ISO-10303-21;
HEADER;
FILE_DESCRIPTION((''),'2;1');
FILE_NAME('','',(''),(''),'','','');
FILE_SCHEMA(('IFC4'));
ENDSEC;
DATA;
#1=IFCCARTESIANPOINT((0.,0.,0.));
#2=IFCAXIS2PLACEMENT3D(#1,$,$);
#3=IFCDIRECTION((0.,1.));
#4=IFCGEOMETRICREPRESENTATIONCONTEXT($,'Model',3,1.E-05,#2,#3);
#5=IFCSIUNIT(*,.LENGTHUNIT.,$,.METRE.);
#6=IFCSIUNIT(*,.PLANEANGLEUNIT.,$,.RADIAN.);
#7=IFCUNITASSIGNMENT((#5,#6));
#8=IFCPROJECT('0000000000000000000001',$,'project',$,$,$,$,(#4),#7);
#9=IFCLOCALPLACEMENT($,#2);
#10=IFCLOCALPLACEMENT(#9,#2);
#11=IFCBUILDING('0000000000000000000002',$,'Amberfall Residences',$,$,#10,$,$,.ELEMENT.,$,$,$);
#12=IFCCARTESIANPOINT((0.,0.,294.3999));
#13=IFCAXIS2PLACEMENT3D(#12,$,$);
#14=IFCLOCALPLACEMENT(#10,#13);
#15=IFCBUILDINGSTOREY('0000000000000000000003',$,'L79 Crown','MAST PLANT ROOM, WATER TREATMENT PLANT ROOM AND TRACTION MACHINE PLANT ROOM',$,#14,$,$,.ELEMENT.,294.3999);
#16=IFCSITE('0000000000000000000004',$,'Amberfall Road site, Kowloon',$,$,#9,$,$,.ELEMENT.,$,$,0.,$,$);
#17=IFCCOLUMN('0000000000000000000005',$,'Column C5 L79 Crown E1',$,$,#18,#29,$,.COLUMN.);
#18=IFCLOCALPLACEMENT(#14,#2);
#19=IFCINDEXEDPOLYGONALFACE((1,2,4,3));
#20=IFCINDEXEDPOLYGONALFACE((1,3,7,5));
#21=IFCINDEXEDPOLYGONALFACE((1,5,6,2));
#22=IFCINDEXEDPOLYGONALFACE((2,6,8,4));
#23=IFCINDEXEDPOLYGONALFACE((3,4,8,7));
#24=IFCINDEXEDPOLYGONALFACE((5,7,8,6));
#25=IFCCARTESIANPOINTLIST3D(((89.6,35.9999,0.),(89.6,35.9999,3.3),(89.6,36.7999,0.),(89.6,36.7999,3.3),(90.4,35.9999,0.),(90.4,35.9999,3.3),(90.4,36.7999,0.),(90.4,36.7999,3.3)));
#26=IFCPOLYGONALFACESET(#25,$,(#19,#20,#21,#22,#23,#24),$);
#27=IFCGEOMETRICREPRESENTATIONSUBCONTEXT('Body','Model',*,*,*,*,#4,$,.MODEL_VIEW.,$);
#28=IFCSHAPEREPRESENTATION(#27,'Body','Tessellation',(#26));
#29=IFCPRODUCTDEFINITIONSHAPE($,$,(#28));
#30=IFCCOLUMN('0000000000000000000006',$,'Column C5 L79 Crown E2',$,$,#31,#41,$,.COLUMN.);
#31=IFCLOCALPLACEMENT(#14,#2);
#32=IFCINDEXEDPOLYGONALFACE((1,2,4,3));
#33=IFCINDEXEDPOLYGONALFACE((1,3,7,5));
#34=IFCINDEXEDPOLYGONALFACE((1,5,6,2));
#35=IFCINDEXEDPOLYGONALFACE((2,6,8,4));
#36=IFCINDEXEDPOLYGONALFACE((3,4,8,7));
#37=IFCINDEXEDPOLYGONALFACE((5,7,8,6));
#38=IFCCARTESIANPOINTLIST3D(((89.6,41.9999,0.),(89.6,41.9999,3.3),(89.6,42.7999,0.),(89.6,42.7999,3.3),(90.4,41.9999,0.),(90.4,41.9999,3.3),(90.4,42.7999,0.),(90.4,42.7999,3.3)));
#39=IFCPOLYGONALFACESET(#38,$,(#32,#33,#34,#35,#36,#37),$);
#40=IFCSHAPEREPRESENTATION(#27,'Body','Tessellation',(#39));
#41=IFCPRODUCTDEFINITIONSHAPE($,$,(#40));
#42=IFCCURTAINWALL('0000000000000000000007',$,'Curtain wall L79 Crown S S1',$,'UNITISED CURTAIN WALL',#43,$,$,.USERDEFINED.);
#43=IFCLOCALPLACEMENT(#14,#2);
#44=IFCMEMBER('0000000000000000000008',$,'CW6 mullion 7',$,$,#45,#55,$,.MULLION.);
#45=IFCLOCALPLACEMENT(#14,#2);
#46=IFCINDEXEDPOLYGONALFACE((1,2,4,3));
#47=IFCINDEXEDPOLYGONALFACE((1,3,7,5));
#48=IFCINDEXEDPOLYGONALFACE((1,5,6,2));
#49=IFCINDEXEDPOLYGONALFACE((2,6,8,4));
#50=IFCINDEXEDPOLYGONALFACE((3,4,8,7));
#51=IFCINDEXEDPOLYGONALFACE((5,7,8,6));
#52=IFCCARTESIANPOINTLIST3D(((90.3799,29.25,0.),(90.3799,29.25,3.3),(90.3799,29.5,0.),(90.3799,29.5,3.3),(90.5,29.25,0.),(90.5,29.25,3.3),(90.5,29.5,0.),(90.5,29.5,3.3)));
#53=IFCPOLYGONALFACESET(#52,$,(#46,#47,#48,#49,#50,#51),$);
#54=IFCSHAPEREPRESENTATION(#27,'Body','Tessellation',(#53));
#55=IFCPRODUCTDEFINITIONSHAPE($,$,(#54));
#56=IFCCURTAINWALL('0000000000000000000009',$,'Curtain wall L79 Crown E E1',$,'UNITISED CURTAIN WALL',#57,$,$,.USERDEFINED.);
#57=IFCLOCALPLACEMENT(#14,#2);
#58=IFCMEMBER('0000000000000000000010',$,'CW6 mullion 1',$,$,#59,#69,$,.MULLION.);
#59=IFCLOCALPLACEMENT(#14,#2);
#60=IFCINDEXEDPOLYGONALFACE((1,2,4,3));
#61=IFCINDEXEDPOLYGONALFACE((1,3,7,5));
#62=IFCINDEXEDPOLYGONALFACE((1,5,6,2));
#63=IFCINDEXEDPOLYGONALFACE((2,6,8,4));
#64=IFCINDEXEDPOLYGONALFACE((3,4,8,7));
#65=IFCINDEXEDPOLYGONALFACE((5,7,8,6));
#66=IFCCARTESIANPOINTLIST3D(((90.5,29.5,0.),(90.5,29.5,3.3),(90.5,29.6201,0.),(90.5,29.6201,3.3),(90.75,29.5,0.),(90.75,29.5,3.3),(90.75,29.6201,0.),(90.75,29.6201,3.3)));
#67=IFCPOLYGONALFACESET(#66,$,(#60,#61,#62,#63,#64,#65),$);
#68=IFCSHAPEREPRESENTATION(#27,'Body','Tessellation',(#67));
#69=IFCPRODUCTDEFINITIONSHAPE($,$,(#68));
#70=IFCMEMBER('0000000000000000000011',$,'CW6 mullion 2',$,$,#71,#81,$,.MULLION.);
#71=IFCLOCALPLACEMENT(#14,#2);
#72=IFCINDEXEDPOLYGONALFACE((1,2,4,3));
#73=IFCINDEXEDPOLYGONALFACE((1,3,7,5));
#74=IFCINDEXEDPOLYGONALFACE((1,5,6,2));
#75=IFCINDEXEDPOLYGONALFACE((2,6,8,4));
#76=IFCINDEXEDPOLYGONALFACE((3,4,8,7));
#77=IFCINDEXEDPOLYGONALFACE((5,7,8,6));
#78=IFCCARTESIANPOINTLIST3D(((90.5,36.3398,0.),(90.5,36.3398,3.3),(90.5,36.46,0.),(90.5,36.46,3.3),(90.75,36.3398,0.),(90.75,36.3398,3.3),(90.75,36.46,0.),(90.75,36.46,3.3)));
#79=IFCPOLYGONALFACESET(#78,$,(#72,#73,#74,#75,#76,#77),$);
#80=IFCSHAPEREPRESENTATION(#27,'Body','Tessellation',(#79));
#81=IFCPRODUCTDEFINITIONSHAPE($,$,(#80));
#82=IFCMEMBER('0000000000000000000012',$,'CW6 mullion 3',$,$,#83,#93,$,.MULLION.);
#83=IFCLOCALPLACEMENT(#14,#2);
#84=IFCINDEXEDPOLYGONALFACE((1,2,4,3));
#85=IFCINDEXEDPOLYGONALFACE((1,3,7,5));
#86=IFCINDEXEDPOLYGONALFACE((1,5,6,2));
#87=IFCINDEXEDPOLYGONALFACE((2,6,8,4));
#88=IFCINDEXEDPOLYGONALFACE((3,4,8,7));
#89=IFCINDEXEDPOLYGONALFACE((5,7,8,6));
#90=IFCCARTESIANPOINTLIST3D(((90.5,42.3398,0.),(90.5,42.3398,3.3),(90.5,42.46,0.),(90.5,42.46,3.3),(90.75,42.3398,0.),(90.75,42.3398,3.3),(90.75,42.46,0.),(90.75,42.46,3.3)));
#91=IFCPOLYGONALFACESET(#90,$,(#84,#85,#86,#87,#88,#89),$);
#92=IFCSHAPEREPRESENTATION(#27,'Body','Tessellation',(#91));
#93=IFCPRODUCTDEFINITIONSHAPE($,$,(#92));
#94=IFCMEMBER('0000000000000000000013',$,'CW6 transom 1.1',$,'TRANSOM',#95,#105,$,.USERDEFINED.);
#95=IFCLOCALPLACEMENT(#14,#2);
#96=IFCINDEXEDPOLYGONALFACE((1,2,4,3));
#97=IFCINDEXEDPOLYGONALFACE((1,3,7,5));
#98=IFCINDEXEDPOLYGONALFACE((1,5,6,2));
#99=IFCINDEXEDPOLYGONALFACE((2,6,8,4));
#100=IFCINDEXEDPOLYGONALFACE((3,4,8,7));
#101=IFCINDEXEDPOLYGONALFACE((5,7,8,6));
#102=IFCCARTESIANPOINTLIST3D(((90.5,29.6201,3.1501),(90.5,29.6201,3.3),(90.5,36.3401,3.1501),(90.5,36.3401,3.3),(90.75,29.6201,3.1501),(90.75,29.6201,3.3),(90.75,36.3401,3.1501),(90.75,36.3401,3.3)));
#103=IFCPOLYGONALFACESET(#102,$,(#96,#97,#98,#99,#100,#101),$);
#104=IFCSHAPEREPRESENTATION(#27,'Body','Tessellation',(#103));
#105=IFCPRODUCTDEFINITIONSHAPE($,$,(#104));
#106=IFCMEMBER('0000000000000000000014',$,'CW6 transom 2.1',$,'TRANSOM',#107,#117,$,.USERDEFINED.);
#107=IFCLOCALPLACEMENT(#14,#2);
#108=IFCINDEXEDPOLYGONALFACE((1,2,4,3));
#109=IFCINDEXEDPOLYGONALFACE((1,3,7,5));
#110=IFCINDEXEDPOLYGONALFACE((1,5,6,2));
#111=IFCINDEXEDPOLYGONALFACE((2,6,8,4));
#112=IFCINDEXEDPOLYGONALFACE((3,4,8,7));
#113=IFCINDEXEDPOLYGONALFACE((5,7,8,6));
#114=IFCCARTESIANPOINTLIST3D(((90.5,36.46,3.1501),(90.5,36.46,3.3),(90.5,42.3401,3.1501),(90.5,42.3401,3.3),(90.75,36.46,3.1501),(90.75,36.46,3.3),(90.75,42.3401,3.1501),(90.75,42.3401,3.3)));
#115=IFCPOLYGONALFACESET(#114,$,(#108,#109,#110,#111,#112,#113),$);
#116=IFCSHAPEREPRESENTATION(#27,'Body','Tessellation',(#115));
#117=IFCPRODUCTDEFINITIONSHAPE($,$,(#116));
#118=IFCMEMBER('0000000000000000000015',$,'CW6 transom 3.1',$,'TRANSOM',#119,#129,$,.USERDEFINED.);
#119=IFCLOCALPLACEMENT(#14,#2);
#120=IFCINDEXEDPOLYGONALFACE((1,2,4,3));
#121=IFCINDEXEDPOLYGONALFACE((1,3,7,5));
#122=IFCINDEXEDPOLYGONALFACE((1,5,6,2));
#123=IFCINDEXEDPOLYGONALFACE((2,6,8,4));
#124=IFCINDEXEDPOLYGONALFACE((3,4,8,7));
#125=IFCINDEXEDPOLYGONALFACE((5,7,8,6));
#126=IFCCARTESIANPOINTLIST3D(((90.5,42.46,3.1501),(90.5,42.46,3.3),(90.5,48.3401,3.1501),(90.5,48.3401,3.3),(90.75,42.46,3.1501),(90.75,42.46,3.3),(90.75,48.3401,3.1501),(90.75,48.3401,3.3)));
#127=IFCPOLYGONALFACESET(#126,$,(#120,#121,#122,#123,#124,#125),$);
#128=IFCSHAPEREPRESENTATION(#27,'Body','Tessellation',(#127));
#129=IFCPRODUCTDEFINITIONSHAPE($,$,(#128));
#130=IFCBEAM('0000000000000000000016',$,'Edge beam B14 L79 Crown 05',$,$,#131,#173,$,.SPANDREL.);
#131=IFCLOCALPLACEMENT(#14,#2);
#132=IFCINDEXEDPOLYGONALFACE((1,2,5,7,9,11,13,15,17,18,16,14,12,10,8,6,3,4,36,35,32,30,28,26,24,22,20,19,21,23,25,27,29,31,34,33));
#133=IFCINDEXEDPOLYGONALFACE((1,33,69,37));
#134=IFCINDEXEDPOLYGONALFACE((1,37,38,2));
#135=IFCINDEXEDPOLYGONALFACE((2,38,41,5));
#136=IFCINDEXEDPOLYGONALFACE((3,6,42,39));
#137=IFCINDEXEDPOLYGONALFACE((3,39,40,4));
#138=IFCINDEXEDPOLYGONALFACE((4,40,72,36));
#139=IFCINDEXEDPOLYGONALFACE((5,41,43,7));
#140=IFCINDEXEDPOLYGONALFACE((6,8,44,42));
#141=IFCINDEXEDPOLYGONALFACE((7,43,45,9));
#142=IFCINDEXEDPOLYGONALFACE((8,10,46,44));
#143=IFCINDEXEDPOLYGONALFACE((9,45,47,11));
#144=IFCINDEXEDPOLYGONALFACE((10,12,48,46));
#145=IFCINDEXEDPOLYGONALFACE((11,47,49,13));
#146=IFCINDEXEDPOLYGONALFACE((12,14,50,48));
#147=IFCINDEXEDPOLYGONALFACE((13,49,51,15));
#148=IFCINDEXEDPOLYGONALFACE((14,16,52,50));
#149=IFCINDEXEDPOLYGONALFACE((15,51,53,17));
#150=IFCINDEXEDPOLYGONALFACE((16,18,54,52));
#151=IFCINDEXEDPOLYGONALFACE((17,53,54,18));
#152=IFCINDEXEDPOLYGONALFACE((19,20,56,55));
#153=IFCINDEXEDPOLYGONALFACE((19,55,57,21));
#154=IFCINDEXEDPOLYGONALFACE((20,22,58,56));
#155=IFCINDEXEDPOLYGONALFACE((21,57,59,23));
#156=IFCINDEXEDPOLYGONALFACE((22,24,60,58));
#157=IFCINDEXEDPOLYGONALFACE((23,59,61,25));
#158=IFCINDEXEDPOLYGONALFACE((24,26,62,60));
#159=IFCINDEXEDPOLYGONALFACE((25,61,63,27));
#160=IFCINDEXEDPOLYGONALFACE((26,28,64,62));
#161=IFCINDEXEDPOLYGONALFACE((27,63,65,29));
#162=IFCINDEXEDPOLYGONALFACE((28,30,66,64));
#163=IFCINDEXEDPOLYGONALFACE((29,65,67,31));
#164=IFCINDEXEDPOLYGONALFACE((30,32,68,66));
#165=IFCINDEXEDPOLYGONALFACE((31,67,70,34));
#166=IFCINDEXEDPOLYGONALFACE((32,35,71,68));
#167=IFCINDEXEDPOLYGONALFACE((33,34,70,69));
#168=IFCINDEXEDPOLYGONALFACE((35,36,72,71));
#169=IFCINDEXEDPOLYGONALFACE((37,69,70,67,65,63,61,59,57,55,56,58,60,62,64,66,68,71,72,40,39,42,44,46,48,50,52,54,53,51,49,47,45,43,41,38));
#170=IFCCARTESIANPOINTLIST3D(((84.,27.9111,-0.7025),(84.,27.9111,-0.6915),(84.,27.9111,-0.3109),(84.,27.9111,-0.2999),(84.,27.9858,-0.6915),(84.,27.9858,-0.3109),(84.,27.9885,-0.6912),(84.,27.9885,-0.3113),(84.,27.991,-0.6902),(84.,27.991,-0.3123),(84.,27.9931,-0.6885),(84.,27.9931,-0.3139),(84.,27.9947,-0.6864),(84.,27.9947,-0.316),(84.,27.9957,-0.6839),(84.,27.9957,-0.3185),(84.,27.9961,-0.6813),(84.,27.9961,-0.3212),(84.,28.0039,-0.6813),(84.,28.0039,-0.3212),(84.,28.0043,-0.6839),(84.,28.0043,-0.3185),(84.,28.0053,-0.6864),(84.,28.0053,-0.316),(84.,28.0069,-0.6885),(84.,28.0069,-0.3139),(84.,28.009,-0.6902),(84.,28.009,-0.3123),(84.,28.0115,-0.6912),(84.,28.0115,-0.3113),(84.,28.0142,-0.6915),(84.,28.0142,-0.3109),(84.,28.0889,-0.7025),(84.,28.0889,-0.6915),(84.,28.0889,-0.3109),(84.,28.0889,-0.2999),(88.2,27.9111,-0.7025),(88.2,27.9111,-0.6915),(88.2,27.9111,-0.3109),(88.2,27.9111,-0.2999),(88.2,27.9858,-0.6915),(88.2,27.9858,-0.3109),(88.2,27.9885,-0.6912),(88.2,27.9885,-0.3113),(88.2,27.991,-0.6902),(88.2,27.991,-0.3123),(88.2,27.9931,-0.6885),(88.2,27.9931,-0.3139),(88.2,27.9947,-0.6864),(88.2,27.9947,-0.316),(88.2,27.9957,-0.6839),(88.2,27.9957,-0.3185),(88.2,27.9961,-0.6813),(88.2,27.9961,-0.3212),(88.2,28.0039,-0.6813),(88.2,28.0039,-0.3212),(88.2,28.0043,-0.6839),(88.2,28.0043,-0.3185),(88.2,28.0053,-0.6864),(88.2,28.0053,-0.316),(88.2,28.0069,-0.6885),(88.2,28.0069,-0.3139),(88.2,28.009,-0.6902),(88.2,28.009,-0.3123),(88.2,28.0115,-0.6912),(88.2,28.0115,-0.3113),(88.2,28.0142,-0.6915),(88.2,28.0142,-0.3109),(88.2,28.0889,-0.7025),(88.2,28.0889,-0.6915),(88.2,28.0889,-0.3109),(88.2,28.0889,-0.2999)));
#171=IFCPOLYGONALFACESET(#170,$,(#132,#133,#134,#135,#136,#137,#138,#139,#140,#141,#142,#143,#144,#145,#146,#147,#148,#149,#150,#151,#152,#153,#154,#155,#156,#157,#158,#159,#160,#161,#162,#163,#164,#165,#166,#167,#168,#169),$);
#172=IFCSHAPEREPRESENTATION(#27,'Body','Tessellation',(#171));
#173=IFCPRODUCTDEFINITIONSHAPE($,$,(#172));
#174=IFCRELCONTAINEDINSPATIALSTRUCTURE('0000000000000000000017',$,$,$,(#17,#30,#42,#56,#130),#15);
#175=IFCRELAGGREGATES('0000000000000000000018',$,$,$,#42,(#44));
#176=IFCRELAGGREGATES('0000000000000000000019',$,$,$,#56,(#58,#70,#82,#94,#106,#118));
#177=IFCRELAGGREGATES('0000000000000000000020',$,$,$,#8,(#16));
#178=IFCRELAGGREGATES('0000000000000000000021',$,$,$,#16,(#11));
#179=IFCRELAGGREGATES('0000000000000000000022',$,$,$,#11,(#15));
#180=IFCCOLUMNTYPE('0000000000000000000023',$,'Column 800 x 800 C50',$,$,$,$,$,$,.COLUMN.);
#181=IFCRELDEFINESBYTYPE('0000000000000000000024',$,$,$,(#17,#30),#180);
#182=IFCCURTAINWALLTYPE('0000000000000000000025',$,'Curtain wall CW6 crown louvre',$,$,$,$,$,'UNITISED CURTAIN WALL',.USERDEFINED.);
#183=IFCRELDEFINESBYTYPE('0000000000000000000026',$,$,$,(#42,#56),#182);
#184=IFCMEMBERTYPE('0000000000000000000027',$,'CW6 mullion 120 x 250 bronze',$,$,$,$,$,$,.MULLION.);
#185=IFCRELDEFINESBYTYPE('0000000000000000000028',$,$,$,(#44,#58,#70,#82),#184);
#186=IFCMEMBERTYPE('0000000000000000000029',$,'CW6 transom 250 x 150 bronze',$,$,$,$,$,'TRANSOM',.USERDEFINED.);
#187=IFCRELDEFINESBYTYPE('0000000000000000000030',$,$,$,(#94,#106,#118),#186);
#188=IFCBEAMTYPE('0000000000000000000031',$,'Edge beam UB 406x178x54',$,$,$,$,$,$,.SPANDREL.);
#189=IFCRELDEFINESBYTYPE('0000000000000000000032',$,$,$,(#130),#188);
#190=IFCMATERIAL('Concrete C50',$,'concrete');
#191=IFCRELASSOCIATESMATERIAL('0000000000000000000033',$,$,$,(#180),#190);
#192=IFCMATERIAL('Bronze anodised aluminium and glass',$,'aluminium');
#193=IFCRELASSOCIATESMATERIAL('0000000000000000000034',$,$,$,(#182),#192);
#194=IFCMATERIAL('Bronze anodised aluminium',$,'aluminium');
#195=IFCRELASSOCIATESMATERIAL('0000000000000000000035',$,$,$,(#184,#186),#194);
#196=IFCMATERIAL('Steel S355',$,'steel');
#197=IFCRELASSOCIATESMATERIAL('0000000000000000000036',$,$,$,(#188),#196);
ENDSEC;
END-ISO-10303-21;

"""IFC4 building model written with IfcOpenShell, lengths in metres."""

from ifc_helpers import new_model, si_unit, direction, frame, origin, origin_2d, place, context, subcontext, project, spatial, rectangle, i_section, extrude, material, material_profile, profile_set, type_object, element, aggregate, save


model = new_model("IFC4")

# Units and contexts
model_context = context("Model", 3, precision=1e-05, world=origin(), true_north=direction((0.0, 1.0)))
body_context = subcontext(model_context, "Body", "Model", "MODEL_VIEW")
ifc_project = project(units=[si_unit("LENGTHUNIT", "METRE"), si_unit("PLANEANGLEUNIT", "RADIAN")], contexts=[model_context])

# Site, building, storey
site_placement = place(None, origin())
site = spatial("IfcSite", under=ifc_project, at=site_placement, Name="Amberfall Road site, Kowloon", CompositionType="ELEMENT", RefElevation=0.0)
building_placement = place(site_placement, origin())
building = spatial("IfcBuilding", under=site, at=building_placement, Name="Amberfall Residences", CompositionType="ELEMENT")
storey_placement = place(building_placement, frame((0.0, 0.0, 294.3999)))
storey = spatial("IfcBuildingStorey", under=building, at=storey_placement, Name="L79 Crown", Description="MAST PLANT ROOM, WATER TREATMENT PLANT ROOM AND TRACTION MACHINE PLANT ROOM", CompositionType="ELEMENT", Elevation=294.3999)

# Columns
ifc_material_1 = material(Name="Concrete C50", Category="concrete")
ifc_material_profile_1 = material_profile(ifc_material_1, rectangle(XDim=0.8, YDim=0.8, at=origin_2d()), Name="Column 800 x 800 C50")
ifc_profile_set_1 = profile_set([ifc_material_profile_1], Name="Concrete C50")
column_type = type_object("IfcColumnType", Name="Column 800 x 800 C50", PredefinedType="COLUMN", material=ifc_profile_set_1)
for number, where, z_axis, x_axis, name in (
    (1, (90.0, 36.3999, 0.0), (0.0, 0.0, 1.0), (1.0, 0.0, 0.0), "Column C5 L79 Crown E1"),
    (2, (90.0, 42.3999, 0.0), (0.0, 0.0, 1.0), (1.0, 0.0, 0.0), "Column C5 L79 Crown E2"),
):
    element("IfcColumn", number, at=place(storey_placement, frame(where, z_axis=z_axis, x_axis=x_axis)), inside=storey, type_object=column_type, Name=name, PredefinedType="COLUMN", context=body_context, shape_type="SweptSolid", body=[
        extrude(rectangle(XDim=0.8, YDim=0.8, at=origin_2d()), origin(), (0.0, 0.0, 1.0), 3.3),
    ])

# Curtain wall, member
ifc_material_2 = material(Name="Bronze anodised aluminium and glass", Category="aluminium")
curtain_wall_type = type_object("IfcCurtainWallType", Name="Curtain wall CW6 crown louvre", ElementType="UNITISED CURTAIN WALL", PredefinedType="USERDEFINED", material=ifc_material_2)
curtain_wall_1_placement = place(storey_placement, origin())
curtain_wall_1 = element("IfcCurtainWall", 3, at=curtain_wall_1_placement, inside=storey, type_object=curtain_wall_type, Name="Curtain wall L79 Crown S S1", ObjectType="UNITISED CURTAIN WALL", PredefinedType="USERDEFINED")
ifc_material_3 = material(Name="Bronze anodised aluminium", Category="aluminium")
ifc_material_profile_2 = material_profile(ifc_material_3, rectangle(XDim=0.25, YDim=0.1201, at=origin_2d()), Name="CW6 mullion 120 x 250 bronze")
ifc_profile_set_2 = profile_set([ifc_material_profile_2], Name="Bronze anodised aluminium")
member_type_1 = type_object("IfcMemberType", Name="CW6 mullion 120 x 250 bronze", PredefinedType="MULLION", material=ifc_profile_set_2)
member_1_placement = place(storey_placement, frame((90.4399, 29.375, 0.0), z_axis=(0.0, 0.0, 1.0), x_axis=(0.0, 1.0, 0.0)))
member_1 = element("IfcMember", 4, at=member_1_placement, type_object=member_type_1, Name="CW6 mullion 7", PredefinedType="MULLION", context=body_context, shape_type="SweptSolid", body=[
    extrude(rectangle(XDim=0.25, YDim=0.1201, at=origin_2d()), origin(), (0.0, 0.0, 1.0), 3.3),
])

# Curtain wall, members
curtain_wall_2_placement = place(storey_placement, origin())
curtain_wall_2 = element("IfcCurtainWall", 5, at=curtain_wall_2_placement, inside=storey, type_object=curtain_wall_type, Name="Curtain wall L79 Crown E E1", ObjectType="UNITISED CURTAIN WALL", PredefinedType="USERDEFINED")
member_2_placement = place(storey_placement, frame((90.625, 29.5601, 0.0), z_axis=(0.0, 0.0, 1.0), x_axis=(-1.0, 0.0, 0.0)))
member_2 = element("IfcMember", 6, at=member_2_placement, type_object=member_type_1, Name="CW6 mullion 1", PredefinedType="MULLION", context=body_context, shape_type="SweptSolid", body=[
    extrude(rectangle(XDim=0.25, YDim=0.1201, at=origin_2d()), origin(), (0.0, 0.0, 1.0), 3.3),
])
member_3_placement = place(storey_placement, frame((90.625, 36.3999, 0.0), z_axis=(0.0, 0.0, 1.0), x_axis=(-1.0, 0.0, 0.0)))
member_3 = element("IfcMember", 7, at=member_3_placement, type_object=member_type_1, Name="CW6 mullion 2", PredefinedType="MULLION", context=body_context, shape_type="SweptSolid", body=[
    extrude(rectangle(XDim=0.25, YDim=0.1201, at=origin_2d()), origin(), (0.0, 0.0, 1.0), 3.3),
])
member_4_placement = place(storey_placement, frame((90.625, 42.3999, 0.0), z_axis=(0.0, 0.0, 1.0), x_axis=(-1.0, 0.0, 0.0)))
member_4 = element("IfcMember", 8, at=member_4_placement, type_object=member_type_1, Name="CW6 mullion 3", PredefinedType="MULLION", context=body_context, shape_type="SweptSolid", body=[
    extrude(rectangle(XDim=0.25, YDim=0.1201, at=origin_2d()), origin(), (0.0, 0.0, 1.0), 3.3),
])
ifc_material_profile_3 = material_profile(ifc_material_3, rectangle(XDim=0.25, YDim=0.1499, at=origin_2d()), Name="CW6 transom 250 x 150 bronze")
ifc_profile_set_3 = profile_set([ifc_material_profile_3], Name="Bronze anodised aluminium")
member_type_2 = type_object("IfcMemberType", Name="CW6 transom 250 x 150 bronze", ElementType="TRANSOM", PredefinedType="USERDEFINED", material=ifc_profile_set_3)
member_5_placement = place(storey_placement, frame((90.625, 29.6201, 3.2251), z_axis=(0.0, 1.0, 0.0), x_axis=(-1.0, 0.0, 0.0)))
member_5 = element("IfcMember", 9, at=member_5_placement, type_object=member_type_2, Name="CW6 transom 1.1", ObjectType="TRANSOM", PredefinedType="USERDEFINED", context=body_context, shape_type="SweptSolid", body=[
    extrude(rectangle(XDim=0.25, YDim=0.1499, at=origin_2d()), origin(), (0.0, 0.0, 1.0), 6.72),
])
member_6_placement = place(storey_placement, frame((90.625, 36.46, 3.2251), z_axis=(0.0, 1.0, 0.0), x_axis=(-1.0, 0.0, 0.0)))
member_6 = element("IfcMember", 10, at=member_6_placement, type_object=member_type_2, Name="CW6 transom 2.1", ObjectType="TRANSOM", PredefinedType="USERDEFINED", context=body_context, shape_type="SweptSolid", body=[
    extrude(rectangle(XDim=0.25, YDim=0.1499, at=origin_2d()), origin(), (0.0, 0.0, 1.0), 5.8801),
])
member_7_placement = place(storey_placement, frame((90.625, 42.46, 3.2251), z_axis=(0.0, 1.0, 0.0), x_axis=(-1.0, 0.0, 0.0)))
member_7 = element("IfcMember", 11, at=member_7_placement, type_object=member_type_2, Name="CW6 transom 3.1", ObjectType="TRANSOM", PredefinedType="USERDEFINED", context=body_context, shape_type="SweptSolid", body=[
    extrude(rectangle(XDim=0.25, YDim=0.1499, at=origin_2d()), origin(), (0.0, 0.0, 1.0), 5.8801),
])

# Beam
ifc_material_4 = material(Name="Steel S355", Category="steel")
ifc_material_profile_4 = material_profile(ifc_material_4, i_section(OverallWidth=0.1777, OverallDepth=0.4026, WebThickness=0.0078, FlangeThickness=0.011, FilletRadius=0.0103, at=origin_2d()), Name="UB 406x178x54")
ifc_profile_set_4 = profile_set([ifc_material_profile_4], Name="Steel S355")
beam_type_1 = type_object("IfcBeamType", Name="Edge beam UB 406x178x54", PredefinedType="SPANDREL", material=ifc_profile_set_4)
for number, where, z_axis, x_axis, name in (
    (12, (84.0, 28.0, -0.5012), (1.0, 0.0, 0.0), (0.0, 1.0, 0.0), "Edge beam B14 L79 Crown 05"),
):
    element("IfcBeam", number, at=place(storey_placement, frame(where, z_axis=z_axis, x_axis=x_axis)), inside=storey, type_object=beam_type_1, Name=name, PredefinedType="SPANDREL", context=body_context, shape_type="SweptSolid", body=[
        extrude(i_section(OverallWidth=0.1777, OverallDepth=0.4026, WebThickness=0.0078, FlangeThickness=0.011, FilletRadius=0.0103, at=origin_2d()), origin(), (0.0, 0.0, 1.0), 4.2),
    ])

aggregate(curtain_wall_1, [member_1])
aggregate(curtain_wall_2, [member_2, member_3, member_4, member_5, member_6, member_7])

save(model, "model.ifc")
